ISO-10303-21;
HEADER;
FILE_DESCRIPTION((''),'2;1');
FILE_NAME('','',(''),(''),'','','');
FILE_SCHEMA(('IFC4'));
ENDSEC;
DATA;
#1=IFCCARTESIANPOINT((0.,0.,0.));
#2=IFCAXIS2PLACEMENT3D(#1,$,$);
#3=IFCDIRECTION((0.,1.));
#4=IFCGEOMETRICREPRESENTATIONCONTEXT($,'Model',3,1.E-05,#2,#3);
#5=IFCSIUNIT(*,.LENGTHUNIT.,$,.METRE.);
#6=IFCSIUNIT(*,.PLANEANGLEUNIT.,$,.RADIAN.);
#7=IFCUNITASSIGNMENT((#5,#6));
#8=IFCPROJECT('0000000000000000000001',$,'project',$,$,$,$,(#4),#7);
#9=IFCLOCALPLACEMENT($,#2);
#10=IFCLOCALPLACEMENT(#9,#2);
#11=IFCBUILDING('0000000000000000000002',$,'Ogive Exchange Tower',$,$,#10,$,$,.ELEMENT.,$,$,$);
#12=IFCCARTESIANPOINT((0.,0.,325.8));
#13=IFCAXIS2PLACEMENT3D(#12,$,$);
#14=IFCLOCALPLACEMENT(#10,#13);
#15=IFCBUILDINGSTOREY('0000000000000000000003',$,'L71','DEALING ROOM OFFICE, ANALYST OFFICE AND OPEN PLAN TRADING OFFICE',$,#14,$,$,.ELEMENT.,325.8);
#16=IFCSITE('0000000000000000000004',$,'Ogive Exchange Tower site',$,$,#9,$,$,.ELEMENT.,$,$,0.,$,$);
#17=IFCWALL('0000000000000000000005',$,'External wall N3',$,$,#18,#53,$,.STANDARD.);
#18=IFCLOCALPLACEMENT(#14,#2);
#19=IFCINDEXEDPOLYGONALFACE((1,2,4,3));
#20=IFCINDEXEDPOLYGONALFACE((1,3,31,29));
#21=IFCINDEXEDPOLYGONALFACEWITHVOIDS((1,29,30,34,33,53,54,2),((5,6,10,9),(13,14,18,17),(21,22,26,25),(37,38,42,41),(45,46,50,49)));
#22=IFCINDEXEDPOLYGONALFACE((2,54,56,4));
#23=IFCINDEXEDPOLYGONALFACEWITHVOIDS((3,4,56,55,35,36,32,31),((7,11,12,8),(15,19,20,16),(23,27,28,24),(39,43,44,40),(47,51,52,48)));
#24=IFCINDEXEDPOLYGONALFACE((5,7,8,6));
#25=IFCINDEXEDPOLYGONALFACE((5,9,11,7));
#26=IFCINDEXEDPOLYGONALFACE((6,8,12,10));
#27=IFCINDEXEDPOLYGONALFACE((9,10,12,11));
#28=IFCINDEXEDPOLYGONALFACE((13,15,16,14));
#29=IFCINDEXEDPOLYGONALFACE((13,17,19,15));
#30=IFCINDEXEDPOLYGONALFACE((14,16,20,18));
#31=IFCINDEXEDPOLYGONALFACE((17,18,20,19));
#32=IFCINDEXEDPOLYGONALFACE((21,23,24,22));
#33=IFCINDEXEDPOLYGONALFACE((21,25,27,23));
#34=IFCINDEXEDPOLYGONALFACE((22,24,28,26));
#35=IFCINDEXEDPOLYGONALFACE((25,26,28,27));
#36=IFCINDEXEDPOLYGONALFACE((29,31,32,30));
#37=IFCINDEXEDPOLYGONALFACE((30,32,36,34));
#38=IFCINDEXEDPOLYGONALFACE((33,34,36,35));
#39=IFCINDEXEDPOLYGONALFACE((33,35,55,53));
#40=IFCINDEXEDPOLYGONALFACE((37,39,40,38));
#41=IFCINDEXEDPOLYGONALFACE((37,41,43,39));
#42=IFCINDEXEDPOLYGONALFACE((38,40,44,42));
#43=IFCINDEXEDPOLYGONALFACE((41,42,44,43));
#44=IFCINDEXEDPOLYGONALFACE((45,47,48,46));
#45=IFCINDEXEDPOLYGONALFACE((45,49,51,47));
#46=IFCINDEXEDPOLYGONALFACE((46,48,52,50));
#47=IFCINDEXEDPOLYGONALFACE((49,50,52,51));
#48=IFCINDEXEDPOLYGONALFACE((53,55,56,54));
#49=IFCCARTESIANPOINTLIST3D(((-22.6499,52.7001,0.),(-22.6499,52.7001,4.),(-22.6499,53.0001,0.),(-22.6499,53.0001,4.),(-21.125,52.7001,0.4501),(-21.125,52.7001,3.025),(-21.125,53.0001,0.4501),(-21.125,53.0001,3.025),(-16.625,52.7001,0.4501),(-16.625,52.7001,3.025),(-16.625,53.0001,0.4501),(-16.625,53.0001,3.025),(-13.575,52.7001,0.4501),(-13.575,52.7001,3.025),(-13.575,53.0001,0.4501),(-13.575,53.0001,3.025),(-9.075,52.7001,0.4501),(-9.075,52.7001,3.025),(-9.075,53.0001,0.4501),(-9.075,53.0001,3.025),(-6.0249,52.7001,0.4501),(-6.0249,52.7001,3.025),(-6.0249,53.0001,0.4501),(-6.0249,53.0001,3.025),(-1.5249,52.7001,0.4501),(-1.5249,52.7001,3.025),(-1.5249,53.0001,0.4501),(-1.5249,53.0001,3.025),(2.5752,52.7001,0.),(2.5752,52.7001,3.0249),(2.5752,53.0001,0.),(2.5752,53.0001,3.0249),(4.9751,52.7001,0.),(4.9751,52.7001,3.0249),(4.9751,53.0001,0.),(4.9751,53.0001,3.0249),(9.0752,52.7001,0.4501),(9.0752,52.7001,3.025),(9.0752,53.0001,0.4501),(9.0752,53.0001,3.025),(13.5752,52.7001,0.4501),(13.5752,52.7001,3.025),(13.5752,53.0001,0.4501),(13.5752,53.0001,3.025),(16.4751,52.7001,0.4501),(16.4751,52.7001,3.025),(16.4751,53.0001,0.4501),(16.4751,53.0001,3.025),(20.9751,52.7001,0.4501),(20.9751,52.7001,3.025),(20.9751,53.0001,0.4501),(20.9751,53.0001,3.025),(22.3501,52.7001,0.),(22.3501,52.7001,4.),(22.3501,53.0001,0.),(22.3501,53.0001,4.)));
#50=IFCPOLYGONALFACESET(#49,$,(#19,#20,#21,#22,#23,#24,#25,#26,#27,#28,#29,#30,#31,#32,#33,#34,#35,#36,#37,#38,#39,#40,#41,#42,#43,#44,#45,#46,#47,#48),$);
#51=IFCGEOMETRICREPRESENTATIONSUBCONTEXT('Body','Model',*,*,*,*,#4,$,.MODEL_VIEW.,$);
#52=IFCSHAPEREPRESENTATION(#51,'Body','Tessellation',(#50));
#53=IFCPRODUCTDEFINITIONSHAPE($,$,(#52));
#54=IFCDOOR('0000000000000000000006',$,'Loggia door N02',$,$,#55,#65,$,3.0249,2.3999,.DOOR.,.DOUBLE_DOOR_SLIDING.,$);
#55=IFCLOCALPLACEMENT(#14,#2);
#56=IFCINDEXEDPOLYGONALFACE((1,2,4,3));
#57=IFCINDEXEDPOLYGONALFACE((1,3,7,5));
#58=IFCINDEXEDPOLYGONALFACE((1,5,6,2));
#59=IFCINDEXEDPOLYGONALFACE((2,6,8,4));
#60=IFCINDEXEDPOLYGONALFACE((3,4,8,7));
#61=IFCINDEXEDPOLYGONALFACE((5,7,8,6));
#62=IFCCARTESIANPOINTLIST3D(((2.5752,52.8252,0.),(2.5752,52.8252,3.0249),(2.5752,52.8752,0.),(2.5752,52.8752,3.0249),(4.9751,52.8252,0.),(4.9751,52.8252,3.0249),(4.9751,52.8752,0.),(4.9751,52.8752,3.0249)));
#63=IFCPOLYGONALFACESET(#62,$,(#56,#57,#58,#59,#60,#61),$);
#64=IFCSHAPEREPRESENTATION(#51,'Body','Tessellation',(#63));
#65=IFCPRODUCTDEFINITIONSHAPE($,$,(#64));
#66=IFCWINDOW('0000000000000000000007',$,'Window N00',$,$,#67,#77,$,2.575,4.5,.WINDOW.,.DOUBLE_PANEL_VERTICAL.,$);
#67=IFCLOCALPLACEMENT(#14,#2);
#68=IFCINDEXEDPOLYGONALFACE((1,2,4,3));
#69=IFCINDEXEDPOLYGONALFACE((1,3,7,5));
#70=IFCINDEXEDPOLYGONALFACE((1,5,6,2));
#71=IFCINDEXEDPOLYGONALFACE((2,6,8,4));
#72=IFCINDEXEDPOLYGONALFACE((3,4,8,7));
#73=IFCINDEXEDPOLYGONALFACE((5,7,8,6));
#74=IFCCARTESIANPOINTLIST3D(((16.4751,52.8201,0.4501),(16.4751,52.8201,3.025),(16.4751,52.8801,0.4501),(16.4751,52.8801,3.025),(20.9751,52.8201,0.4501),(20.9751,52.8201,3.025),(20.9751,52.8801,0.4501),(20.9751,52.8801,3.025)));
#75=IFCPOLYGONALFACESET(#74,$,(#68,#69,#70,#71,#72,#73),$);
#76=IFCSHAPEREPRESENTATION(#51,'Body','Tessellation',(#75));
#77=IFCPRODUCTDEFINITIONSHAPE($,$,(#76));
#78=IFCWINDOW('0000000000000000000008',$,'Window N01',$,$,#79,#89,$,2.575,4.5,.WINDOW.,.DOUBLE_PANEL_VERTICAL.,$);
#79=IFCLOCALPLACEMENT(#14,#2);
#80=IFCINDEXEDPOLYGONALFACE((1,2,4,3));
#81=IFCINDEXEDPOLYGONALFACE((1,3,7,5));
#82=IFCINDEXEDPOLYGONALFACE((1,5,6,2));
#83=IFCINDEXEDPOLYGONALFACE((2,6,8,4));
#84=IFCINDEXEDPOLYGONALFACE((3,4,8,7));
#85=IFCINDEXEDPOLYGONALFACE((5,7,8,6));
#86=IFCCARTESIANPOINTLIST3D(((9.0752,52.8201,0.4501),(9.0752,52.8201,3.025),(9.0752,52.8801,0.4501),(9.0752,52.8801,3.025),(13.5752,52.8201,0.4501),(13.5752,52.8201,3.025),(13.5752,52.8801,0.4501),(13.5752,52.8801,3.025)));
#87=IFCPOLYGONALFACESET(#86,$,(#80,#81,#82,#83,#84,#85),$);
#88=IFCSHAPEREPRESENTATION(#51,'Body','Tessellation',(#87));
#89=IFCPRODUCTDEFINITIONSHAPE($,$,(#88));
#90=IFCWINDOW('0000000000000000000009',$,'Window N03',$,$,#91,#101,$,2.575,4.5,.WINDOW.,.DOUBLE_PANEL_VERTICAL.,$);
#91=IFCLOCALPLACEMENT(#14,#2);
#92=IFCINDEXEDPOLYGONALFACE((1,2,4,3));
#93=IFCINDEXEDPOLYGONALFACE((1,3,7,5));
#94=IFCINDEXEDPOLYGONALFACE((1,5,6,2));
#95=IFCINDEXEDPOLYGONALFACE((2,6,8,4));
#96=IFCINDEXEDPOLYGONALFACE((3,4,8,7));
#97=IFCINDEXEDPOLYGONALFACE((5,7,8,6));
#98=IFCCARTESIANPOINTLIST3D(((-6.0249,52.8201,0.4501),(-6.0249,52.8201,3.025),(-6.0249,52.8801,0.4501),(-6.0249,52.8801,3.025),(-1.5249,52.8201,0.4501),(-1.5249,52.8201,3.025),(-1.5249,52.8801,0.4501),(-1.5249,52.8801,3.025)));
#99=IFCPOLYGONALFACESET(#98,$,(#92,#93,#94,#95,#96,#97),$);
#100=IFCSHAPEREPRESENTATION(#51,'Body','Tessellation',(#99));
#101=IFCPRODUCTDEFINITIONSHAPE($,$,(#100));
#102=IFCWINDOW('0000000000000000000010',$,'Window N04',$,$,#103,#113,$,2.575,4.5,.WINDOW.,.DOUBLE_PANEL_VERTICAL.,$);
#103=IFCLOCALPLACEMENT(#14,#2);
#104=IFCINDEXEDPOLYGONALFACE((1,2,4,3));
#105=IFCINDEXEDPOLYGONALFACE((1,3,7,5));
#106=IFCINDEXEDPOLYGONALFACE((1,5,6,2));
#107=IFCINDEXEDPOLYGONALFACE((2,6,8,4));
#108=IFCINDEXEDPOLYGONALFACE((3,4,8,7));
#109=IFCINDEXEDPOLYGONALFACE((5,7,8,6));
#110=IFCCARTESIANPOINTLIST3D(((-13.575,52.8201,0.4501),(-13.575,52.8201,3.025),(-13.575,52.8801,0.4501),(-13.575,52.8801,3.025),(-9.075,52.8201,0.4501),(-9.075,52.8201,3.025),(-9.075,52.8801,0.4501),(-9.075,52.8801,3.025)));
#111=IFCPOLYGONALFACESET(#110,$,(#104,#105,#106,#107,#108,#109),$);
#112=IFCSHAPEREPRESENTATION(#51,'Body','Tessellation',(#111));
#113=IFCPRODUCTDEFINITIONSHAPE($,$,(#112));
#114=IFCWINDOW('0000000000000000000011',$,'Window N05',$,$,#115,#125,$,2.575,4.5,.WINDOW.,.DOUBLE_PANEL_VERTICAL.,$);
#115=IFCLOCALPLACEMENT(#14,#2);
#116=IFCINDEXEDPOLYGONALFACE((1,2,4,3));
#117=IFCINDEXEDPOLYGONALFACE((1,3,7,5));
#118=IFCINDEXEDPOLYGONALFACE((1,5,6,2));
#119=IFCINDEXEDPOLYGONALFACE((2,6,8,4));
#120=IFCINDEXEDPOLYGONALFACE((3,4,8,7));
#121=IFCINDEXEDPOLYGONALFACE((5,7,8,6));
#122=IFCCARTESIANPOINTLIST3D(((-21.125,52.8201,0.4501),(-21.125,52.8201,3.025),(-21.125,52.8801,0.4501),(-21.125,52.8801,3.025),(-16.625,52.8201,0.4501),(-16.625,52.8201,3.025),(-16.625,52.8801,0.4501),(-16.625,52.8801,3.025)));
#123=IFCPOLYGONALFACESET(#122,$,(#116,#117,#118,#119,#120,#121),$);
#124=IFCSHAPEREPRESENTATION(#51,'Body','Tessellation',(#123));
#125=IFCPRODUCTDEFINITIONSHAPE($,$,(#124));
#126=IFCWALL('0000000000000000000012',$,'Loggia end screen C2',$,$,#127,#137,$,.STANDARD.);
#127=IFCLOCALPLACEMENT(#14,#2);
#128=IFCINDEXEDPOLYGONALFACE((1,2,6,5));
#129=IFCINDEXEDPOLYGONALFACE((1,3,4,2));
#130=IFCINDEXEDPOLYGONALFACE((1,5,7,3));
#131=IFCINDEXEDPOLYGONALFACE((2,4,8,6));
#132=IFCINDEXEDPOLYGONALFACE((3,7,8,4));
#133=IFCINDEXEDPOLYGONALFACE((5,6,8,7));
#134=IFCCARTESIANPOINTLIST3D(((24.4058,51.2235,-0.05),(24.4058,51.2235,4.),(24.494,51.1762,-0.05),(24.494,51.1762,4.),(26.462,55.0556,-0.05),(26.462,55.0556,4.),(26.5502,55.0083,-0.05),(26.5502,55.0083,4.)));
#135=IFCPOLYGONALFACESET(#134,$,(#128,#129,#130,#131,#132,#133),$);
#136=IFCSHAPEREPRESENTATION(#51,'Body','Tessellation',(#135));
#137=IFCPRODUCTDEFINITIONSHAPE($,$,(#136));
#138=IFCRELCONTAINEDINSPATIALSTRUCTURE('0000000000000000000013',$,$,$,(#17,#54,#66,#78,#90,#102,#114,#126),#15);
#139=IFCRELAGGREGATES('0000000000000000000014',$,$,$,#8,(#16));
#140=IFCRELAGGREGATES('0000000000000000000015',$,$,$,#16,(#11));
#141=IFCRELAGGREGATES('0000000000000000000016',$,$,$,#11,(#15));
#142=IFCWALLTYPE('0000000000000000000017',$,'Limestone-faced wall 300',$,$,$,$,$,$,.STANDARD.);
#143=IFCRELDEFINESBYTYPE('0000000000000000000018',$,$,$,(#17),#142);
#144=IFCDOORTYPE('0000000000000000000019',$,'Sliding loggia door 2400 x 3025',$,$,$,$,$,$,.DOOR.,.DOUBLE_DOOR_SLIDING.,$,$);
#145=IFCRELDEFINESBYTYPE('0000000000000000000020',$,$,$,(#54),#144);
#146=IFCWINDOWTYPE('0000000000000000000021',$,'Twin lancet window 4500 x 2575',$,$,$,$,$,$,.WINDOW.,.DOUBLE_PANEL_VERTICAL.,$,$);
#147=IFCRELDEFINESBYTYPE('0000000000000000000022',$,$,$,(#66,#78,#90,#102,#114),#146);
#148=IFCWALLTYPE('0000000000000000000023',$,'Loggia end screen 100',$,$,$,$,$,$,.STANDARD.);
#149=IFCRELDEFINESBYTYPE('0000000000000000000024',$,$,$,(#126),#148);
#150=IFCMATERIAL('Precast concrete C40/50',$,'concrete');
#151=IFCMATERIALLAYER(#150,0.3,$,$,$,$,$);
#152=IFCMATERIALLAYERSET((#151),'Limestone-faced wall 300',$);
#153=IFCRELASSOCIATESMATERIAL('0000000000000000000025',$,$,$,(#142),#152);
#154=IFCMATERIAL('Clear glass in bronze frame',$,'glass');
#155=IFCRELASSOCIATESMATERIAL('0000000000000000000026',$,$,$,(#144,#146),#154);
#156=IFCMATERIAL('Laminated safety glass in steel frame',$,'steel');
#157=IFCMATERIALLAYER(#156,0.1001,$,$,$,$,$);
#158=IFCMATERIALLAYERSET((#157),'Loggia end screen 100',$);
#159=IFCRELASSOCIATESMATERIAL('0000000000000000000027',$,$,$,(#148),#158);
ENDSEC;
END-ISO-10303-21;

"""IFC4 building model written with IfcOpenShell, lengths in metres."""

from ifc_helpers import new_model, si_unit, direction, frame, frame_2d, origin, place, context, subcontext, project, spatial, rectangle, extrude, material, layer, layer_set, type_object, element, fill, save


model = new_model("IFC4")

# Units and contexts
model_context = context("Model", 3, precision=1e-05, world=origin(), true_north=direction((0.0, 1.0)))
body_context = subcontext(model_context, "Body", "Model", "MODEL_VIEW")
ifc_project = project(units=[si_unit("LENGTHUNIT", "METRE"), si_unit("PLANEANGLEUNIT", "RADIAN")], contexts=[model_context])

# Site, building, storey
site_placement = place(None, origin())
site = spatial("IfcSite", under=ifc_project, at=site_placement, Name="Ogive Exchange Tower site", CompositionType="ELEMENT", RefElevation=0.0)
building_placement = place(site_placement, origin())
building = spatial("IfcBuilding", under=site, at=building_placement, Name="Ogive Exchange Tower", CompositionType="ELEMENT")
storey_placement = place(building_placement, frame((0.0, 0.0, 325.8)))
storey = spatial("IfcBuildingStorey", under=building, at=storey_placement, Name="L71", Description="DEALING ROOM OFFICE, ANALYST OFFICE AND OPEN PLAN TRADING OFFICE", CompositionType="ELEMENT", Elevation=325.8)

# Wall, openings, door, windows
ifc_material_1 = material(Name="Precast concrete C40/50", Category="concrete")
ifc_layer_1 = layer(ifc_material_1, 0.3)
ifc_layer_set_1 = layer_set([ifc_layer_1], Name="Limestone-faced wall 300")
wall_type_1 = type_object("IfcWallType", Name="Limestone-faced wall 300", PredefinedType="STANDARD", material=ifc_layer_set_1)
wall_1_placement = place(storey_placement, frame((22.3501, 52.8501, 0.0), z_axis=(0.0, 0.0, 1.0), x_axis=(-1.0, 0.0, 0.0)))
wall_1 = element("IfcWall", 1, at=wall_1_placement, inside=storey, type_object=wall_type_1, Name="External wall N3", PredefinedType="STANDARD", context=body_context, shape_type="SweptSolid", body=[
    extrude(rectangle(XDim=45.0, YDim=0.3, at=frame_2d((22.5, 0.0))), origin(), (0.0, 0.0, 1.0), 4.0),
])
opening_1_placement = place(wall_1_placement, frame((1.375, 0.0, 0.45)))
opening_1 = element("IfcOpeningElement", 2, at=opening_1_placement, cuts=wall_1, PredefinedType="OPENING", context=body_context, shape_type="SweptSolid", body=[
    extrude(rectangle(XDim=4.5, YDim=2.575, at=frame_2d((2.25, 1.2876))), frame((0.0, 0.1599, 0.0), z_axis=(0.0, -1.0, 0.0), x_axis=(1.0, 0.0, 0.0)), (0.0, 0.0, 1.0), 0.3201),
])
opening_2_placement = place(wall_1_placement, frame((8.7749, 0.0, 0.45)))
opening_2 = element("IfcOpeningElement", 3, at=opening_2_placement, cuts=wall_1, PredefinedType="OPENING", context=body_context, shape_type="SweptSolid", body=[
    extrude(rectangle(XDim=4.5, YDim=2.575, at=frame_2d((2.25, 1.2876))), frame((0.0, 0.1599, 0.0), z_axis=(0.0, -1.0, 0.0), x_axis=(1.0, 0.0, 0.0)), (0.0, 0.0, 1.0), 0.3201),
])
opening_3_placement = place(wall_1_placement, frame((17.375, 0.0, 0.0)))
opening_3 = element("IfcOpeningElement", 4, at=opening_3_placement, cuts=wall_1, PredefinedType="OPENING", context=body_context, shape_type="SweptSolid", body=[
    extrude(rectangle(XDim=2.3999, YDim=3.0249, at=frame_2d((1.2, 1.5125))), frame((0.0, 0.1599, 0.0), z_axis=(0.0, -1.0, 0.0), x_axis=(1.0, 0.0, 0.0)), (0.0, 0.0, 1.0), 0.3201),
])
opening_4_placement = place(wall_1_placement, frame((23.875, 0.0, 0.45)))
opening_4 = element("IfcOpeningElement", 5, at=opening_4_placement, cuts=wall_1, PredefinedType="OPENING", context=body_context, shape_type="SweptSolid", body=[
    extrude(rectangle(XDim=4.5, YDim=2.575, at=frame_2d((2.25, 1.2876))), frame((0.0, 0.1599, 0.0), z_axis=(0.0, -1.0, 0.0), x_axis=(1.0, 0.0, 0.0)), (0.0, 0.0, 1.0), 0.3201),
])
opening_5_placement = place(wall_1_placement, frame((31.425, 0.0, 0.45)))
opening_5 = element("IfcOpeningElement", 6, at=opening_5_placement, cuts=wall_1, PredefinedType="OPENING", context=body_context, shape_type="SweptSolid", body=[
    extrude(rectangle(XDim=4.5, YDim=2.575, at=frame_2d((2.25, 1.2876))), frame((0.0, 0.1599, 0.0), z_axis=(0.0, -1.0, 0.0), x_axis=(1.0, 0.0, 0.0)), (0.0, 0.0, 1.0), 0.3201),
])
opening_6_placement = place(wall_1_placement, frame((38.9751, 0.0, 0.45)))
opening_6 = element("IfcOpeningElement", 7, at=opening_6_placement, cuts=wall_1, PredefinedType="OPENING", context=body_context, shape_type="SweptSolid", body=[
    extrude(rectangle(XDim=4.5, YDim=2.575, at=frame_2d((2.25, 1.2876))), frame((0.0, 0.1599, 0.0), z_axis=(0.0, -1.0, 0.0), x_axis=(1.0, 0.0, 0.0)), (0.0, 0.0, 1.0), 0.3201),
])
ifc_material_2 = material(Name="Clear glass in bronze frame", Category="glass")
door_type_1 = type_object("IfcDoorType", Name="Sliding loggia door 2400 x 3025", OperationType="DOUBLE_DOOR_SLIDING", PredefinedType="DOOR", material=ifc_material_2)
door_1_placement = place(opening_3_placement, origin())
door_1 = element("IfcDoor", 8, at=door_1_placement, inside=storey, type_object=door_type_1, Name="Loggia door N02", OperationType="DOUBLE_DOOR_SLIDING", OverallHeight=3.0249, OverallWidth=2.3999, PredefinedType="DOOR", context=body_context, shape_type="SweptSolid", body=[
    extrude(rectangle(XDim=2.3999, YDim=3.0249, at=frame_2d((1.2, 1.5125))), frame((0.0, 0.0249, 0.0), z_axis=(0.0, -1.0, 0.0), x_axis=(1.0, 0.0, 0.0)), (0.0, 0.0, 1.0), 0.05),
])
fill(opening_3, door_1)
window_type = type_object("IfcWindowType", Name="Twin lancet window 4500 x 2575", PartitioningType="DOUBLE_PANEL_VERTICAL", PredefinedType="WINDOW", material=ifc_material_2)
window_1_placement = place(opening_1_placement, origin())
window_1 = element("IfcWindow", 9, at=window_1_placement, inside=storey, type_object=window_type, Name="Window N00", OverallHeight=2.575, OverallWidth=4.5, PartitioningType="DOUBLE_PANEL_VERTICAL", PredefinedType="WINDOW", context=body_context, shape_type="SweptSolid", body=[
    extrude(rectangle(XDim=4.5, YDim=2.575, at=frame_2d((2.25, 1.2876))), frame((0.0, 0.03, 0.0), z_axis=(0.0, -1.0, 0.0), x_axis=(1.0, 0.0, 0.0)), (0.0, 0.0, 1.0), 0.0601),
])
fill(opening_1, window_1)
window_2_placement = place(opening_2_placement, origin())
window_2 = element("IfcWindow", 10, at=window_2_placement, inside=storey, type_object=window_type, Name="Window N01", OverallHeight=2.575, OverallWidth=4.5, PartitioningType="DOUBLE_PANEL_VERTICAL", PredefinedType="WINDOW", context=body_context, shape_type="SweptSolid", body=[
    extrude(rectangle(XDim=4.5, YDim=2.575, at=frame_2d((2.25, 1.2876))), frame((0.0, 0.03, 0.0), z_axis=(0.0, -1.0, 0.0), x_axis=(1.0, 0.0, 0.0)), (0.0, 0.0, 1.0), 0.0601),
])
fill(opening_2, window_2)
window_3_placement = place(opening_4_placement, origin())
window_3 = element("IfcWindow", 11, at=window_3_placement, inside=storey, type_object=window_type, Name="Window N03", OverallHeight=2.575, OverallWidth=4.5, PartitioningType="DOUBLE_PANEL_VERTICAL", PredefinedType="WINDOW", context=body_context, shape_type="SweptSolid", body=[
    extrude(rectangle(XDim=4.5, YDim=2.575, at=frame_2d((2.25, 1.2876))), frame((0.0, 0.03, 0.0), z_axis=(0.0, -1.0, 0.0), x_axis=(1.0, 0.0, 0.0)), (0.0, 0.0, 1.0), 0.0601),
])
fill(opening_4, window_3)
window_4_placement = place(opening_5_placement, origin())
window_4 = element("IfcWindow", 12, at=window_4_placement, inside=storey, type_object=window_type, Name="Window N04", OverallHeight=2.575, OverallWidth=4.5, PartitioningType="DOUBLE_PANEL_VERTICAL", PredefinedType="WINDOW", context=body_context, shape_type="SweptSolid", body=[
    extrude(rectangle(XDim=4.5, YDim=2.575, at=frame_2d((2.25, 1.2876))), frame((0.0, 0.03, 0.0), z_axis=(0.0, -1.0, 0.0), x_axis=(1.0, 0.0, 0.0)), (0.0, 0.0, 1.0), 0.0601),
])
fill(opening_5, window_4)
window_5_placement = place(opening_6_placement, origin())
window_5 = element("IfcWindow", 13, at=window_5_placement, inside=storey, type_object=window_type, Name="Window N05", OverallHeight=2.575, OverallWidth=4.5, PartitioningType="DOUBLE_PANEL_VERTICAL", PredefinedType="WINDOW", context=body_context, shape_type="SweptSolid", body=[
    extrude(rectangle(XDim=4.5, YDim=2.575, at=frame_2d((2.25, 1.2876))), frame((0.0, 0.03, 0.0), z_axis=(0.0, -1.0, 0.0), x_axis=(1.0, 0.0, 0.0)), (0.0, 0.0, 1.0), 0.0601),
])
fill(opening_6, window_5)

# Wall
ifc_material_3 = material(Name="Laminated safety glass in steel frame", Category="steel")
ifc_layer_2 = layer(ifc_material_3, 0.1001)
ifc_layer_set_2 = layer_set([ifc_layer_2], Name="Loggia end screen 100")
wall_type_2 = type_object("IfcWallType", Name="Loggia end screen 100", PredefinedType="STANDARD", material=ifc_layer_set_2)
wall_2_placement = place(storey_placement, frame((24.45, 51.2, -0.05), z_axis=(0.0, 0.0, 1.0), x_axis=(0.472807, 0.881166, 0.0)))
element("IfcWall", 14, at=wall_2_placement, inside=storey, type_object=wall_type_2, Name="Loggia end screen C2", PredefinedType="STANDARD", context=body_context, shape_type="SweptSolid", body=[
    extrude(rectangle(XDim=4.3489, YDim=0.1001, at=frame_2d((2.1743, 0.0))), origin(), (0.0, 0.0, 1.0), 4.05),
])

save(model, "model.ifc")
